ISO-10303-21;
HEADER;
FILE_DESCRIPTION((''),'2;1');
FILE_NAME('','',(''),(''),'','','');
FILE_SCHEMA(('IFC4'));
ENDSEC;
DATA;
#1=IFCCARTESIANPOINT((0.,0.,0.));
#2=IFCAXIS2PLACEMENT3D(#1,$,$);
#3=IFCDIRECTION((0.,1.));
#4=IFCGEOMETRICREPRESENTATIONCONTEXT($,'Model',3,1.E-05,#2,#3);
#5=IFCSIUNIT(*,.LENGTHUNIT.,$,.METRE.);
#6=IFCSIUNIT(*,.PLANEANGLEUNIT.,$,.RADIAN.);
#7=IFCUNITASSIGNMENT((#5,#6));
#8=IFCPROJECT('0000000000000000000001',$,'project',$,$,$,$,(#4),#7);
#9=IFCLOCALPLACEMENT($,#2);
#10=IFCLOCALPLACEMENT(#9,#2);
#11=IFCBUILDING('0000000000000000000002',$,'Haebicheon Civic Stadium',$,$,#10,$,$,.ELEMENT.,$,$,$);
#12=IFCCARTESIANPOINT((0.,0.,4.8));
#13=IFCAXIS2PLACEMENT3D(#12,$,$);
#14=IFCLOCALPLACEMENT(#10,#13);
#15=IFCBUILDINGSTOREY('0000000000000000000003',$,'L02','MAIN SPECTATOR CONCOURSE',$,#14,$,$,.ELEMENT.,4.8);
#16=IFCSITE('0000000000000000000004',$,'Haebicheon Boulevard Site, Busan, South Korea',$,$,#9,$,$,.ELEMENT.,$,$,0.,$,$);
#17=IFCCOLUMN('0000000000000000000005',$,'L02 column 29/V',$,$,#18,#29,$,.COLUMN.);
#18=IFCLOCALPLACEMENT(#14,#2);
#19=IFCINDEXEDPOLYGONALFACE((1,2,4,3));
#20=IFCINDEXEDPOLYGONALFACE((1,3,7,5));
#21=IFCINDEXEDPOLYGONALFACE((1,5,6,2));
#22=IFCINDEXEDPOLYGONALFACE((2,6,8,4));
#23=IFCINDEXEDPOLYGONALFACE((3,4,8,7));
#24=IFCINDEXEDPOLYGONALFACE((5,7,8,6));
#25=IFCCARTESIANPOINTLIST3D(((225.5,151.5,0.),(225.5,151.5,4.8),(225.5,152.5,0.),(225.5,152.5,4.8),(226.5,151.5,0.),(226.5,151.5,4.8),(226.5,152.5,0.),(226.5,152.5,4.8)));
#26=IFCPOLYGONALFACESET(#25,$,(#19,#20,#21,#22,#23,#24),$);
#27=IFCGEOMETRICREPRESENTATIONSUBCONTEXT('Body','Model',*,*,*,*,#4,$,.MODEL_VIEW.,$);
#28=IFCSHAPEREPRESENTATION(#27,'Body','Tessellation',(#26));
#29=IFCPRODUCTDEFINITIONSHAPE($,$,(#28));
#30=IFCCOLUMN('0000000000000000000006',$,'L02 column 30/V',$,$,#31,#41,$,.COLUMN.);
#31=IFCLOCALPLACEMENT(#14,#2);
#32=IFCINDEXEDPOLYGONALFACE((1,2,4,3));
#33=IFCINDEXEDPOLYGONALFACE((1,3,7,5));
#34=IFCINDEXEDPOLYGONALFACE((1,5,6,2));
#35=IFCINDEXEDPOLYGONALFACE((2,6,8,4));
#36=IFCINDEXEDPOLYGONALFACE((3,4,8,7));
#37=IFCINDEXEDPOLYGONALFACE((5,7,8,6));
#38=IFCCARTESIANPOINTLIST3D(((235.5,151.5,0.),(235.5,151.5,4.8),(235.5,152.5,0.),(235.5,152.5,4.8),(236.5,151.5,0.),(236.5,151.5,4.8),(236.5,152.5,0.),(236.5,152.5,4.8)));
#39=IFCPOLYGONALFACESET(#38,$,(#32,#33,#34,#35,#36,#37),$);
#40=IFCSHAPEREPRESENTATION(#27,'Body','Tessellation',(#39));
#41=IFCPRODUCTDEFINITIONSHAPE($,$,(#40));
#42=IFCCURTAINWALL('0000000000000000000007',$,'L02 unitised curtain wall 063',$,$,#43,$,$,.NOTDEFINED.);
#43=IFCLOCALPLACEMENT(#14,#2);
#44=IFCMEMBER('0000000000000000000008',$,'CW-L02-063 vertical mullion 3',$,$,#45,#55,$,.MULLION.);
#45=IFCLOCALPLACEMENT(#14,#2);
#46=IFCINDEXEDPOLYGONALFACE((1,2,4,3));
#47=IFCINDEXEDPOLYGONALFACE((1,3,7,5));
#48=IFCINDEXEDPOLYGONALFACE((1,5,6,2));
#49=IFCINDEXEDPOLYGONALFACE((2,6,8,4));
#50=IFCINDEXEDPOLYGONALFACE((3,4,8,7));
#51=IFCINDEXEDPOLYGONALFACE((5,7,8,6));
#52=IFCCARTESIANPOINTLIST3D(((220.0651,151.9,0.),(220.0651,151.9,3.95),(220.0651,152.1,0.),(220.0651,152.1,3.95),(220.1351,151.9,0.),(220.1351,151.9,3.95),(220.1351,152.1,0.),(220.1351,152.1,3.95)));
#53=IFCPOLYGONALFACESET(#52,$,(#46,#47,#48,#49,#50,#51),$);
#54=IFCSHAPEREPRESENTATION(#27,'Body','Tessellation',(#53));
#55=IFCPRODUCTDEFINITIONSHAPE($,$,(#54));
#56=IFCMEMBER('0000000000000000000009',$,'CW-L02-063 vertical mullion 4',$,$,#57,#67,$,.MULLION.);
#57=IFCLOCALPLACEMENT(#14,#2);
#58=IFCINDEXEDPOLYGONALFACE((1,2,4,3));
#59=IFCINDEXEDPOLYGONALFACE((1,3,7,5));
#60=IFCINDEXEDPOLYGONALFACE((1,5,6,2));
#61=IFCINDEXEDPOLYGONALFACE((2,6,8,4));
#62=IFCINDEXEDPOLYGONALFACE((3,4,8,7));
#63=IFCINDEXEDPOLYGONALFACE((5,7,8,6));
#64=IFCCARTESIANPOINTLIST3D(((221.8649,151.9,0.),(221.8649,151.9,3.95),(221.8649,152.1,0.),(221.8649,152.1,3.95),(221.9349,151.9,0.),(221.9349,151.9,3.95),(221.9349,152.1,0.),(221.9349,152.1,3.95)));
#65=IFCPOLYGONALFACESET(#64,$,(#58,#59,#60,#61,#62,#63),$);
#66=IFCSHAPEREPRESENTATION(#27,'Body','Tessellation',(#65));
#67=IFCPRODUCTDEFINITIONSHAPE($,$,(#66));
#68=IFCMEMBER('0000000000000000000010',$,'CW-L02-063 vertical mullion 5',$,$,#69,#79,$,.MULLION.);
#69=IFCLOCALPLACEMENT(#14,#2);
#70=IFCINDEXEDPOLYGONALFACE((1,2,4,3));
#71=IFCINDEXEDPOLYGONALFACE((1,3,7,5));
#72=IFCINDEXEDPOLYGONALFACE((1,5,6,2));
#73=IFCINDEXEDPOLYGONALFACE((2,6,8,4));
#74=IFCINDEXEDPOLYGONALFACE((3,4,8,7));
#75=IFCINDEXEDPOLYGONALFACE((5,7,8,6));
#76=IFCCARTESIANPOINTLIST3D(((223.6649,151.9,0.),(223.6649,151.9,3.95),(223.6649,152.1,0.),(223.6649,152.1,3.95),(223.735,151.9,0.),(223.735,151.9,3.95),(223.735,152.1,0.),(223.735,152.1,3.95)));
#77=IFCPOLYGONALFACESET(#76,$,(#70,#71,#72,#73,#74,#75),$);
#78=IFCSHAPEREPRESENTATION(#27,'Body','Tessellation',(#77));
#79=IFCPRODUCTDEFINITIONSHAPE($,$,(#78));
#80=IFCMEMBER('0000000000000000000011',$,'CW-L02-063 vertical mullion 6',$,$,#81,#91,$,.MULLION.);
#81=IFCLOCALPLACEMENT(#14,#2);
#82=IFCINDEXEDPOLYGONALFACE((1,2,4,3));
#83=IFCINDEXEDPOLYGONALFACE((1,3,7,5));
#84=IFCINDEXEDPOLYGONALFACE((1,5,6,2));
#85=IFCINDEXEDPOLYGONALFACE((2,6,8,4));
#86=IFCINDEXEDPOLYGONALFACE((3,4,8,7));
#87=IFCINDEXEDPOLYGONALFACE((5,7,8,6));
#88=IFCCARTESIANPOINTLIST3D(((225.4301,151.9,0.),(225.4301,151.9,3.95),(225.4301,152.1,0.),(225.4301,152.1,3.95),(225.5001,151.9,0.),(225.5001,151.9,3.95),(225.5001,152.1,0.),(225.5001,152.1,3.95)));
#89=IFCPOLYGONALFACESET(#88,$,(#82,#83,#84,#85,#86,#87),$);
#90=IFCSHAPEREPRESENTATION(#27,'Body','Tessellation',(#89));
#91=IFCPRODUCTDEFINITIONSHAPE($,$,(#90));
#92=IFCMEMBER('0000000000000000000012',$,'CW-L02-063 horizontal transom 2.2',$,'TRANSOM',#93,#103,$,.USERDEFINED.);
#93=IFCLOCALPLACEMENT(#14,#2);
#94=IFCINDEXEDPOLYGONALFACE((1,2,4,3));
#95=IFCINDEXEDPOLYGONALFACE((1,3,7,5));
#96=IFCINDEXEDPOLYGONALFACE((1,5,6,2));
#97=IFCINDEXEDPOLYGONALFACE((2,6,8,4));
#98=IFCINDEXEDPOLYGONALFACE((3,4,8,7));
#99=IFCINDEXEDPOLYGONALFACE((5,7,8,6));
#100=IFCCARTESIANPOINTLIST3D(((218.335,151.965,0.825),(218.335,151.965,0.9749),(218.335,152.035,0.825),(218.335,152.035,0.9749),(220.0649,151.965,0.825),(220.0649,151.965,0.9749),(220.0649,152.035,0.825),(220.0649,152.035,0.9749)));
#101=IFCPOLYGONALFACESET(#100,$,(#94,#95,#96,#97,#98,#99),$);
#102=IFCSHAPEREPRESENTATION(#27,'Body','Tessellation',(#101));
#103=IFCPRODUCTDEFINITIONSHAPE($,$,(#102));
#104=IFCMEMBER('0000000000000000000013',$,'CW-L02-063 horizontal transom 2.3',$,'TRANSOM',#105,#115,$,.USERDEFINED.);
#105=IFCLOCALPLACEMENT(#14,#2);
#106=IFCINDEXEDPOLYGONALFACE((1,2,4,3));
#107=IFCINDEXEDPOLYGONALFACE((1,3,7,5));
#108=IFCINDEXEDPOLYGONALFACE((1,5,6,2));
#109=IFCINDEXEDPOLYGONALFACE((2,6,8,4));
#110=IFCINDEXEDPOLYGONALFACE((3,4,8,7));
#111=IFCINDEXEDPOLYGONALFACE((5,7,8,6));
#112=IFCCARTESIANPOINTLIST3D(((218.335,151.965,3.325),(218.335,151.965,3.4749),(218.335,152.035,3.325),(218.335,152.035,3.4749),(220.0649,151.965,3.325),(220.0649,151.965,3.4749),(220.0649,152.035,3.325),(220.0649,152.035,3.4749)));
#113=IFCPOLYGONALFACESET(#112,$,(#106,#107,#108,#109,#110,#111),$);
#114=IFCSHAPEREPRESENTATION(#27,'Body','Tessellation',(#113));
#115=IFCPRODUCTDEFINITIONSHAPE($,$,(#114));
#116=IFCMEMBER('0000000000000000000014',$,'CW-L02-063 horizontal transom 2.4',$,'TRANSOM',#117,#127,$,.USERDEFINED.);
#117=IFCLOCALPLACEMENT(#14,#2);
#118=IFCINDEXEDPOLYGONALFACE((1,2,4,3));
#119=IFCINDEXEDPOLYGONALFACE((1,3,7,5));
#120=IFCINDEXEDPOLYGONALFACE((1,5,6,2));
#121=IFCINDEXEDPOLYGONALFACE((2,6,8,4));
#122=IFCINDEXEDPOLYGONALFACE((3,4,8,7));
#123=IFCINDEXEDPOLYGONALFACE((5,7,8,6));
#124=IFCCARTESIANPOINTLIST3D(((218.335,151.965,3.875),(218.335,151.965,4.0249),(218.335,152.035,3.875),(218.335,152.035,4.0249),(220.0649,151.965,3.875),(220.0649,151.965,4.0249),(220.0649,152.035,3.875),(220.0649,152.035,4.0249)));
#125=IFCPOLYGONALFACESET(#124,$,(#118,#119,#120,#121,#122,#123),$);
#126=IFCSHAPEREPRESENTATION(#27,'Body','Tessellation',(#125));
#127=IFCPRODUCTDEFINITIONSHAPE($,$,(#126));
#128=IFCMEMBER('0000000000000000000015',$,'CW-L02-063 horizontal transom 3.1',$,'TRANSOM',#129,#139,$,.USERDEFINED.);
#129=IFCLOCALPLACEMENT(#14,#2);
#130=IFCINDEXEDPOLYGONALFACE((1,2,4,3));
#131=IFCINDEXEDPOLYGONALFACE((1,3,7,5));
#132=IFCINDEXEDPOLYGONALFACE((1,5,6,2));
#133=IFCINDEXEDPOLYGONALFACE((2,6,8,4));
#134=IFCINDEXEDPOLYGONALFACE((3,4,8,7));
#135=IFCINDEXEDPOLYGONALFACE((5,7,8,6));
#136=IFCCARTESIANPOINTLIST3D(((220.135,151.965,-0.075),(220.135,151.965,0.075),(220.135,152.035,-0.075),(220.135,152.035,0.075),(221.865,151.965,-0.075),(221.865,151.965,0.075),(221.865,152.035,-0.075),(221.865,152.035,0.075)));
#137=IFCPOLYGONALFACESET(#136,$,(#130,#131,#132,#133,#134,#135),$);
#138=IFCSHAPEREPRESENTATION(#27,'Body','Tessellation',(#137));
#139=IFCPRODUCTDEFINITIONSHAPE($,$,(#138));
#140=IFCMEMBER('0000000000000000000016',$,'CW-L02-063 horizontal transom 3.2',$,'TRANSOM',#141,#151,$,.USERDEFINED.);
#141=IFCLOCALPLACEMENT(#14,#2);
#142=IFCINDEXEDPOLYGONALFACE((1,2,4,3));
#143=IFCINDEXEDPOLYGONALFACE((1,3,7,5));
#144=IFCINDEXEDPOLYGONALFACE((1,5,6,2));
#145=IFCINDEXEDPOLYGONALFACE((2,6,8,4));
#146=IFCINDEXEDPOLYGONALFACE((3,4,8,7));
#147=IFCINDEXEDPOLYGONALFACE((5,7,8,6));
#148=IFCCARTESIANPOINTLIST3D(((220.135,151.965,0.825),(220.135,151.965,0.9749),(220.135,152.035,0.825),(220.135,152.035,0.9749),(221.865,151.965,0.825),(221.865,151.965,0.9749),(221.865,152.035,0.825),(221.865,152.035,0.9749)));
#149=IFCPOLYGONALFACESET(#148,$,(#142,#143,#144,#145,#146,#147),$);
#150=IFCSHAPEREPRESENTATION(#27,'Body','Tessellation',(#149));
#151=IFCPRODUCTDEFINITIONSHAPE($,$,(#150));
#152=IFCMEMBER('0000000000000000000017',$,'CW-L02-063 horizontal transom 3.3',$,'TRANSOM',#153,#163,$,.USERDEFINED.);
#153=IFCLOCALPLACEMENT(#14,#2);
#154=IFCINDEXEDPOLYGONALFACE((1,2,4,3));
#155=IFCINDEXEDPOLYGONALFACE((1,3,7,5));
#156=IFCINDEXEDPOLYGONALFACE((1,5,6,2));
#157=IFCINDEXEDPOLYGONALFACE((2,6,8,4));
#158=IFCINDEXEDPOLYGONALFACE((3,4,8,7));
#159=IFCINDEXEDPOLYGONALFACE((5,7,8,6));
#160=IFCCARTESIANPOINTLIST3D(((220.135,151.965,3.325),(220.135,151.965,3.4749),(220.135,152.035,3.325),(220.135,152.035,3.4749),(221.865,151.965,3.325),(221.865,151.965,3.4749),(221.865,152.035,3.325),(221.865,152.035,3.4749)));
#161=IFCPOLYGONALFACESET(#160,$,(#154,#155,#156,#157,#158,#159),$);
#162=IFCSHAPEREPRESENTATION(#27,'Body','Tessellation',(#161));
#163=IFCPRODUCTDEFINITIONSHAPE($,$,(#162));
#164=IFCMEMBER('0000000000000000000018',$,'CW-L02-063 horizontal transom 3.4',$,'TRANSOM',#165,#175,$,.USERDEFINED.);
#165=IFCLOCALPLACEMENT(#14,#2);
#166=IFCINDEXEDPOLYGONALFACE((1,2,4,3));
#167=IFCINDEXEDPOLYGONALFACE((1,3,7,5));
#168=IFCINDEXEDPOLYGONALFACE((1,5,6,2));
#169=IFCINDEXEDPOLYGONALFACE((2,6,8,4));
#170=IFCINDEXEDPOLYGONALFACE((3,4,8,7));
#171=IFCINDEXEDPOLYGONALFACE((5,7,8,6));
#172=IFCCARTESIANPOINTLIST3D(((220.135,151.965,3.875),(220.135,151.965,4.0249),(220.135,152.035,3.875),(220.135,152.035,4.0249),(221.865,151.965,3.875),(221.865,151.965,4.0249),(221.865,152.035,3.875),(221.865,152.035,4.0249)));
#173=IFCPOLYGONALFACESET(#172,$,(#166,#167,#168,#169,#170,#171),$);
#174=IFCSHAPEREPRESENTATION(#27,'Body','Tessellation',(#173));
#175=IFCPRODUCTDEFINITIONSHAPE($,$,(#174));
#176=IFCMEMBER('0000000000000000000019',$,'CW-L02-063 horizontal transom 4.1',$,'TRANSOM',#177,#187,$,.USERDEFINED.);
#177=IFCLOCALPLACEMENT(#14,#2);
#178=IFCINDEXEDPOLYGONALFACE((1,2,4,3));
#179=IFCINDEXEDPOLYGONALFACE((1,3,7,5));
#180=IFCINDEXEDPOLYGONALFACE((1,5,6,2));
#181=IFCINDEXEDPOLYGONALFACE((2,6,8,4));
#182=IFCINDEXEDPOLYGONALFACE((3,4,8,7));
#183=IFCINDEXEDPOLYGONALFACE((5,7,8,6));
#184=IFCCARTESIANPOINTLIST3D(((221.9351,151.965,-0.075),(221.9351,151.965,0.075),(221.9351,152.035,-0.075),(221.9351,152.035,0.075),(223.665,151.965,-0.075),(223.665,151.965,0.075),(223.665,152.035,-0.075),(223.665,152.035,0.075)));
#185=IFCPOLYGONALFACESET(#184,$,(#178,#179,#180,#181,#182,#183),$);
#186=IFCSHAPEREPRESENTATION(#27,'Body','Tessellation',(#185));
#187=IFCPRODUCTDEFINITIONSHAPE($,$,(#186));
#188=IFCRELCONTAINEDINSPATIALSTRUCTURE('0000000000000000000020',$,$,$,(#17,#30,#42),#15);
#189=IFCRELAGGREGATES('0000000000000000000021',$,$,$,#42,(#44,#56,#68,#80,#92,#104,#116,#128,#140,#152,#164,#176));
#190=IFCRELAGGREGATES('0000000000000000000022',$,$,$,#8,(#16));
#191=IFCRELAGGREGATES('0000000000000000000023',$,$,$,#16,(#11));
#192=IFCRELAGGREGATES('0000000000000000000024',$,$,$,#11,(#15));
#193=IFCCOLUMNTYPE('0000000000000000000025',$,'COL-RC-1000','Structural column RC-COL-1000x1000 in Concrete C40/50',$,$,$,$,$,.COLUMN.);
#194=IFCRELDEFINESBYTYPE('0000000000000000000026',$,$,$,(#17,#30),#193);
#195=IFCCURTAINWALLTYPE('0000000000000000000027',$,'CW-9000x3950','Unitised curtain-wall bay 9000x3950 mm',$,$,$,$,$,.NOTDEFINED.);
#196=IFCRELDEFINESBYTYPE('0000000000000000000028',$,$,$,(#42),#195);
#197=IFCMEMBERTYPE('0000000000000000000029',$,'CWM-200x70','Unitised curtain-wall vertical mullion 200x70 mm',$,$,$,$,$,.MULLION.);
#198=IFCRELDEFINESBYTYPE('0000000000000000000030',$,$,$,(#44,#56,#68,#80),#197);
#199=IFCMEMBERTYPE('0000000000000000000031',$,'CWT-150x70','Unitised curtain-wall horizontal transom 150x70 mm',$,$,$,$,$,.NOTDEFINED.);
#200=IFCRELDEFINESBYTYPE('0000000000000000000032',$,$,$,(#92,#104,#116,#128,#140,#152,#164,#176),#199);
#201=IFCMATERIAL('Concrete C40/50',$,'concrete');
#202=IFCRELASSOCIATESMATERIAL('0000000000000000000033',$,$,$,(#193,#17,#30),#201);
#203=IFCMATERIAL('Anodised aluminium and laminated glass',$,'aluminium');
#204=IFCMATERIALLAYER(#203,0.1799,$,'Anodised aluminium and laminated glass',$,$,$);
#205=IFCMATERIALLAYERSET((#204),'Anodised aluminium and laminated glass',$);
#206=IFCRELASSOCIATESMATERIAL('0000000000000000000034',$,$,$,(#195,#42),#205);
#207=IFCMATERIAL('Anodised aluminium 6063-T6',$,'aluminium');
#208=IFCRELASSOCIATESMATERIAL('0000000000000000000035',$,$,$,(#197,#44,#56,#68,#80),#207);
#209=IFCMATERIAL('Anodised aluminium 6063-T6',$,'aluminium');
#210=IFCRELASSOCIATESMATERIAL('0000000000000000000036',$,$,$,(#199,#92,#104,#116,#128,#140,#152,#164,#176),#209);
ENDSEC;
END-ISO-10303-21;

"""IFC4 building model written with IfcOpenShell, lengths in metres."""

from ifc_helpers import new_model, si_unit, direction, frame, origin, origin_2d, place, context, subcontext, project, spatial, rectangle, extrude, material, layer, layer_set, material_profile, profile_set, type_object, element, aggregate, save


model = new_model("IFC4")

# Units and contexts
model_context = context("Model", 3, precision=1e-05, world=origin(), true_north=direction((0.0, 1.0)))
body_context = subcontext(model_context, "Body", "Model", "MODEL_VIEW")
ifc_project = project(units=[si_unit("LENGTHUNIT", "METRE"), si_unit("PLANEANGLEUNIT", "RADIAN")], contexts=[model_context])

# Site, building, storey
site_placement = place(None, origin())
site = spatial("IfcSite", under=ifc_project, at=site_placement, Name="Haebicheon Boulevard Site, Busan, South Korea", CompositionType="ELEMENT", RefElevation=0.0)
building_placement = place(site_placement, origin())
building = spatial("IfcBuilding", under=site, at=building_placement, Name="Haebicheon Civic Stadium", CompositionType="ELEMENT")
storey_placement = place(building_placement, frame((0.0, 0.0, 4.8)))
storey = spatial("IfcBuildingStorey", under=building, at=storey_placement, Name="L02", Description="MAIN SPECTATOR CONCOURSE", CompositionType="ELEMENT", Elevation=4.8)

# Columns
ifc_material_1 = material(Name="Concrete C40/50", Category="concrete")
ifc_material_profile_1 = material_profile(ifc_material_1, rectangle(XDim=1.0, YDim=1.0, at=origin_2d()), Name="RC-COL-1000x1000")
ifc_profile_set_1 = profile_set([ifc_material_profile_1], Name="Concrete C40/50")
column_type = type_object("IfcColumnType", Name="COL-RC-1000", Description="Structural column RC-COL-1000x1000 in Concrete C40/50", PredefinedType="COLUMN", material=ifc_profile_set_1)
for number, where, z_axis, x_axis, name in (
    (1, (226.0, 152.0, 0.0), (0.0, 0.0, 1.0), (1.0, 0.0, 0.0), "L02 column 29/V"),
    (2, (236.0, 152.0, 0.0), (0.0, 0.0, 1.0), (1.0, 0.0, 0.0), "L02 column 30/V"),
):
    element("IfcColumn", number, at=place(storey_placement, frame(where, z_axis=z_axis, x_axis=x_axis)), inside=storey, type_object=column_type, material=ifc_profile_set_1, Name=name, PredefinedType="COLUMN", context=body_context, shape_type="SweptSolid", body=[
        extrude(rectangle(XDim=1.0, YDim=1.0, at=origin_2d()), origin(), (0.0, 0.0, 1.0), 4.8),
    ])

# Curtain wall, members
ifc_material_2 = material(Name="Anodised aluminium and laminated glass", Category="aluminium")
ifc_layer_1 = layer(ifc_material_2, 0.1799, Name="Anodised aluminium and laminated glass")
ifc_layer_set_1 = layer_set([ifc_layer_1], Name="Anodised aluminium and laminated glass")
curtain_wall_type = type_object("IfcCurtainWallType", Name="CW-9000x3950", Description="Unitised curtain-wall bay 9000x3950 mm", PredefinedType="NOTDEFINED", material=ifc_layer_set_1)
curtain_wall_placement = place(storey_placement, origin())
curtain_wall = element("IfcCurtainWall", 3, at=curtain_wall_placement, inside=storey, type_object=curtain_wall_type, material=ifc_layer_set_1, Name="L02 unitised curtain wall 063", PredefinedType="NOTDEFINED")
ifc_material_3 = material(Name="Anodised aluminium 6063-T6", Category="aluminium")
ifc_material_profile_2 = material_profile(ifc_material_3, rectangle(XDim=0.0701, YDim=0.2, at=origin_2d()), Name="ALU-MULL-70x200")
ifc_profile_set_2 = profile_set([ifc_material_profile_2], Name="Anodised aluminium 6063-T6")
member_type_1 = type_object("IfcMemberType", Name="CWM-200x70", Description="Unitised curtain-wall vertical mullion 200x70 mm", PredefinedType="MULLION", material=ifc_profile_set_2)
member_1_placement = place(storey_placement, frame((220.1001, 152.0, 0.0), z_axis=(0.0, 0.0, 1.0), x_axis=(1.0, 0.0, 0.0)))
member_1 = element("IfcMember", 4, at=member_1_placement, type_object=member_type_1, material=ifc_profile_set_2, Name="CW-L02-063 vertical mullion 3", PredefinedType="MULLION", context=body_context, shape_type="SweptSolid", body=[
    extrude(rectangle(XDim=0.0701, YDim=0.2, at=origin_2d()), origin(), (0.0, 0.0, 1.0), 3.95),
])
member_2_placement = place(storey_placement, frame((221.8999, 152.0, 0.0), z_axis=(0.0, 0.0, 1.0), x_axis=(1.0, 0.0, 0.0)))
member_2 = element("IfcMember", 5, at=member_2_placement, type_object=member_type_1, material=ifc_profile_set_2, Name="CW-L02-063 vertical mullion 4", PredefinedType="MULLION", context=body_context, shape_type="SweptSolid", body=[
    extrude(rectangle(XDim=0.0701, YDim=0.2, at=origin_2d()), origin(), (0.0, 0.0, 1.0), 3.95),
])
member_3_placement = place(storey_placement, frame((223.7, 152.0, 0.0), z_axis=(0.0, 0.0, 1.0), x_axis=(1.0, 0.0, 0.0)))
member_3 = element("IfcMember", 6, at=member_3_placement, type_object=member_type_1, material=ifc_profile_set_2, Name="CW-L02-063 vertical mullion 5", PredefinedType="MULLION", context=body_context, shape_type="SweptSolid", body=[
    extrude(rectangle(XDim=0.0701, YDim=0.2, at=origin_2d()), origin(), (0.0, 0.0, 1.0), 3.95),
])
member_4_placement = place(storey_placement, frame((225.4651, 152.0, 0.0), z_axis=(0.0, 0.0, 1.0), x_axis=(1.0, 0.0, 0.0)))
member_4 = element("IfcMember", 7, at=member_4_placement, type_object=member_type_1, material=ifc_profile_set_2, Name="CW-L02-063 vertical mullion 6", PredefinedType="MULLION", context=body_context, shape_type="SweptSolid", body=[
    extrude(rectangle(XDim=0.0701, YDim=0.2, at=origin_2d()), origin(), (0.0, 0.0, 1.0), 3.95),
])
ifc_material_4 = material(Name="Anodised aluminium 6063-T6", Category="aluminium")
ifc_material_profile_3 = material_profile(ifc_material_4, rectangle(XDim=0.0701, YDim=0.1499, at=origin_2d()), Name="ALU-TRAN-70x150")
ifc_profile_set_3 = profile_set([ifc_material_profile_3], Name="Anodised aluminium 6063-T6")
member_type_2 = type_object("IfcMemberType", Name="CWT-150x70", Description="Unitised curtain-wall horizontal transom 150x70 mm", PredefinedType="NOTDEFINED", material=ifc_profile_set_3)
member_5_placement = place(storey_placement, frame((218.335, 152.0, 0.8999), z_axis=(1.0, 0.0, 0.0), x_axis=(0.0, 1.0, 0.0)))
member_5 = element("IfcMember", 8, at=member_5_placement, type_object=member_type_2, material=ifc_profile_set_3, Name="CW-L02-063 horizontal transom 2.2", ObjectType="TRANSOM", PredefinedType="USERDEFINED", context=body_context, shape_type="SweptSolid", body=[
    extrude(rectangle(XDim=0.0701, YDim=0.1499, at=origin_2d()), origin(), (0.0, 0.0, 1.0), 1.73),
])
member_6_placement = place(storey_placement, frame((218.335, 152.0, 3.3999), z_axis=(1.0, 0.0, 0.0), x_axis=(0.0, 1.0, 0.0)))
member_6 = element("IfcMember", 9, at=member_6_placement, type_object=member_type_2, material=ifc_profile_set_3, Name="CW-L02-063 horizontal transom 2.3", ObjectType="TRANSOM", PredefinedType="USERDEFINED", context=body_context, shape_type="SweptSolid", body=[
    extrude(rectangle(XDim=0.0701, YDim=0.1499, at=origin_2d()), origin(), (0.0, 0.0, 1.0), 1.73),
])
member_7_placement = place(storey_placement, frame((218.335, 152.0, 3.95), z_axis=(1.0, 0.0, 0.0), x_axis=(0.0, 1.0, 0.0)))
member_7 = element("IfcMember", 10, at=member_7_placement, type_object=member_type_2, material=ifc_profile_set_3, Name="CW-L02-063 horizontal transom 2.4", ObjectType="TRANSOM", PredefinedType="USERDEFINED", context=body_context, shape_type="SweptSolid", body=[
    extrude(rectangle(XDim=0.0701, YDim=0.1499, at=origin_2d()), origin(), (0.0, 0.0, 1.0), 1.73),
])
member_8_placement = place(storey_placement, frame((220.135, 152.0, 0.0), z_axis=(1.0, 0.0, 0.0), x_axis=(0.0, 1.0, 0.0)))
member_8 = element("IfcMember", 11, at=member_8_placement, type_object=member_type_2, material=ifc_profile_set_3, Name="CW-L02-063 horizontal transom 3.1", ObjectType="TRANSOM", PredefinedType="USERDEFINED", context=body_context, shape_type="SweptSolid", body=[
    extrude(rectangle(XDim=0.0701, YDim=0.1499, at=origin_2d()), origin(), (0.0, 0.0, 1.0), 1.73),
])
member_9_placement = place(storey_placement, frame((220.135, 152.0, 0.8999), z_axis=(1.0, 0.0, 0.0), x_axis=(0.0, 1.0, 0.0)))
member_9 = element("IfcMember", 12, at=member_9_placement, type_object=member_type_2, material=ifc_profile_set_3, Name="CW-L02-063 horizontal transom 3.2", ObjectType="TRANSOM", PredefinedType="USERDEFINED", context=body_context, shape_type="SweptSolid", body=[
    extrude(rectangle(XDim=0.0701, YDim=0.1499, at=origin_2d()), origin(), (0.0, 0.0, 1.0), 1.73),
])
member_10_placement = place(storey_placement, frame((220.135, 152.0, 3.3999), z_axis=(1.0, 0.0, 0.0), x_axis=(0.0, 1.0, 0.0)))
member_10 = element("IfcMember", 13, at=member_10_placement, type_object=member_type_2, material=ifc_profile_set_3, Name="CW-L02-063 horizontal transom 3.3", ObjectType="TRANSOM", PredefinedType="USERDEFINED", context=body_context, shape_type="SweptSolid", body=[
    extrude(rectangle(XDim=0.0701, YDim=0.1499, at=origin_2d()), origin(), (0.0, 0.0, 1.0), 1.73),
])
member_11_placement = place(storey_placement, frame((220.135, 152.0, 3.95), z_axis=(1.0, 0.0, 0.0), x_axis=(0.0, 1.0, 0.0)))
member_11 = element("IfcMember", 14, at=member_11_placement, type_object=member_type_2, material=ifc_profile_set_3, Name="CW-L02-063 horizontal transom 3.4", ObjectType="TRANSOM", PredefinedType="USERDEFINED", context=body_context, shape_type="SweptSolid", body=[
    extrude(rectangle(XDim=0.0701, YDim=0.1499, at=origin_2d()), origin(), (0.0, 0.0, 1.0), 1.73),
])
member_12_placement = place(storey_placement, frame((221.9351, 152.0, 0.0), z_axis=(1.0, 0.0, 0.0), x_axis=(0.0, 1.0, 0.0)))
member_12 = element("IfcMember", 15, at=member_12_placement, type_object=member_type_2, material=ifc_profile_set_3, Name="CW-L02-063 horizontal transom 4.1", ObjectType="TRANSOM", PredefinedType="USERDEFINED", context=body_context, shape_type="SweptSolid", body=[
    extrude(rectangle(XDim=0.0701, YDim=0.1499, at=origin_2d()), origin(), (0.0, 0.0, 1.0), 1.73),
])

aggregate(curtain_wall, [member_1, member_2, member_3, member_4, member_5, member_6, member_7, member_8, member_9, member_10, member_11, member_12])

save(model, "model.ifc")
